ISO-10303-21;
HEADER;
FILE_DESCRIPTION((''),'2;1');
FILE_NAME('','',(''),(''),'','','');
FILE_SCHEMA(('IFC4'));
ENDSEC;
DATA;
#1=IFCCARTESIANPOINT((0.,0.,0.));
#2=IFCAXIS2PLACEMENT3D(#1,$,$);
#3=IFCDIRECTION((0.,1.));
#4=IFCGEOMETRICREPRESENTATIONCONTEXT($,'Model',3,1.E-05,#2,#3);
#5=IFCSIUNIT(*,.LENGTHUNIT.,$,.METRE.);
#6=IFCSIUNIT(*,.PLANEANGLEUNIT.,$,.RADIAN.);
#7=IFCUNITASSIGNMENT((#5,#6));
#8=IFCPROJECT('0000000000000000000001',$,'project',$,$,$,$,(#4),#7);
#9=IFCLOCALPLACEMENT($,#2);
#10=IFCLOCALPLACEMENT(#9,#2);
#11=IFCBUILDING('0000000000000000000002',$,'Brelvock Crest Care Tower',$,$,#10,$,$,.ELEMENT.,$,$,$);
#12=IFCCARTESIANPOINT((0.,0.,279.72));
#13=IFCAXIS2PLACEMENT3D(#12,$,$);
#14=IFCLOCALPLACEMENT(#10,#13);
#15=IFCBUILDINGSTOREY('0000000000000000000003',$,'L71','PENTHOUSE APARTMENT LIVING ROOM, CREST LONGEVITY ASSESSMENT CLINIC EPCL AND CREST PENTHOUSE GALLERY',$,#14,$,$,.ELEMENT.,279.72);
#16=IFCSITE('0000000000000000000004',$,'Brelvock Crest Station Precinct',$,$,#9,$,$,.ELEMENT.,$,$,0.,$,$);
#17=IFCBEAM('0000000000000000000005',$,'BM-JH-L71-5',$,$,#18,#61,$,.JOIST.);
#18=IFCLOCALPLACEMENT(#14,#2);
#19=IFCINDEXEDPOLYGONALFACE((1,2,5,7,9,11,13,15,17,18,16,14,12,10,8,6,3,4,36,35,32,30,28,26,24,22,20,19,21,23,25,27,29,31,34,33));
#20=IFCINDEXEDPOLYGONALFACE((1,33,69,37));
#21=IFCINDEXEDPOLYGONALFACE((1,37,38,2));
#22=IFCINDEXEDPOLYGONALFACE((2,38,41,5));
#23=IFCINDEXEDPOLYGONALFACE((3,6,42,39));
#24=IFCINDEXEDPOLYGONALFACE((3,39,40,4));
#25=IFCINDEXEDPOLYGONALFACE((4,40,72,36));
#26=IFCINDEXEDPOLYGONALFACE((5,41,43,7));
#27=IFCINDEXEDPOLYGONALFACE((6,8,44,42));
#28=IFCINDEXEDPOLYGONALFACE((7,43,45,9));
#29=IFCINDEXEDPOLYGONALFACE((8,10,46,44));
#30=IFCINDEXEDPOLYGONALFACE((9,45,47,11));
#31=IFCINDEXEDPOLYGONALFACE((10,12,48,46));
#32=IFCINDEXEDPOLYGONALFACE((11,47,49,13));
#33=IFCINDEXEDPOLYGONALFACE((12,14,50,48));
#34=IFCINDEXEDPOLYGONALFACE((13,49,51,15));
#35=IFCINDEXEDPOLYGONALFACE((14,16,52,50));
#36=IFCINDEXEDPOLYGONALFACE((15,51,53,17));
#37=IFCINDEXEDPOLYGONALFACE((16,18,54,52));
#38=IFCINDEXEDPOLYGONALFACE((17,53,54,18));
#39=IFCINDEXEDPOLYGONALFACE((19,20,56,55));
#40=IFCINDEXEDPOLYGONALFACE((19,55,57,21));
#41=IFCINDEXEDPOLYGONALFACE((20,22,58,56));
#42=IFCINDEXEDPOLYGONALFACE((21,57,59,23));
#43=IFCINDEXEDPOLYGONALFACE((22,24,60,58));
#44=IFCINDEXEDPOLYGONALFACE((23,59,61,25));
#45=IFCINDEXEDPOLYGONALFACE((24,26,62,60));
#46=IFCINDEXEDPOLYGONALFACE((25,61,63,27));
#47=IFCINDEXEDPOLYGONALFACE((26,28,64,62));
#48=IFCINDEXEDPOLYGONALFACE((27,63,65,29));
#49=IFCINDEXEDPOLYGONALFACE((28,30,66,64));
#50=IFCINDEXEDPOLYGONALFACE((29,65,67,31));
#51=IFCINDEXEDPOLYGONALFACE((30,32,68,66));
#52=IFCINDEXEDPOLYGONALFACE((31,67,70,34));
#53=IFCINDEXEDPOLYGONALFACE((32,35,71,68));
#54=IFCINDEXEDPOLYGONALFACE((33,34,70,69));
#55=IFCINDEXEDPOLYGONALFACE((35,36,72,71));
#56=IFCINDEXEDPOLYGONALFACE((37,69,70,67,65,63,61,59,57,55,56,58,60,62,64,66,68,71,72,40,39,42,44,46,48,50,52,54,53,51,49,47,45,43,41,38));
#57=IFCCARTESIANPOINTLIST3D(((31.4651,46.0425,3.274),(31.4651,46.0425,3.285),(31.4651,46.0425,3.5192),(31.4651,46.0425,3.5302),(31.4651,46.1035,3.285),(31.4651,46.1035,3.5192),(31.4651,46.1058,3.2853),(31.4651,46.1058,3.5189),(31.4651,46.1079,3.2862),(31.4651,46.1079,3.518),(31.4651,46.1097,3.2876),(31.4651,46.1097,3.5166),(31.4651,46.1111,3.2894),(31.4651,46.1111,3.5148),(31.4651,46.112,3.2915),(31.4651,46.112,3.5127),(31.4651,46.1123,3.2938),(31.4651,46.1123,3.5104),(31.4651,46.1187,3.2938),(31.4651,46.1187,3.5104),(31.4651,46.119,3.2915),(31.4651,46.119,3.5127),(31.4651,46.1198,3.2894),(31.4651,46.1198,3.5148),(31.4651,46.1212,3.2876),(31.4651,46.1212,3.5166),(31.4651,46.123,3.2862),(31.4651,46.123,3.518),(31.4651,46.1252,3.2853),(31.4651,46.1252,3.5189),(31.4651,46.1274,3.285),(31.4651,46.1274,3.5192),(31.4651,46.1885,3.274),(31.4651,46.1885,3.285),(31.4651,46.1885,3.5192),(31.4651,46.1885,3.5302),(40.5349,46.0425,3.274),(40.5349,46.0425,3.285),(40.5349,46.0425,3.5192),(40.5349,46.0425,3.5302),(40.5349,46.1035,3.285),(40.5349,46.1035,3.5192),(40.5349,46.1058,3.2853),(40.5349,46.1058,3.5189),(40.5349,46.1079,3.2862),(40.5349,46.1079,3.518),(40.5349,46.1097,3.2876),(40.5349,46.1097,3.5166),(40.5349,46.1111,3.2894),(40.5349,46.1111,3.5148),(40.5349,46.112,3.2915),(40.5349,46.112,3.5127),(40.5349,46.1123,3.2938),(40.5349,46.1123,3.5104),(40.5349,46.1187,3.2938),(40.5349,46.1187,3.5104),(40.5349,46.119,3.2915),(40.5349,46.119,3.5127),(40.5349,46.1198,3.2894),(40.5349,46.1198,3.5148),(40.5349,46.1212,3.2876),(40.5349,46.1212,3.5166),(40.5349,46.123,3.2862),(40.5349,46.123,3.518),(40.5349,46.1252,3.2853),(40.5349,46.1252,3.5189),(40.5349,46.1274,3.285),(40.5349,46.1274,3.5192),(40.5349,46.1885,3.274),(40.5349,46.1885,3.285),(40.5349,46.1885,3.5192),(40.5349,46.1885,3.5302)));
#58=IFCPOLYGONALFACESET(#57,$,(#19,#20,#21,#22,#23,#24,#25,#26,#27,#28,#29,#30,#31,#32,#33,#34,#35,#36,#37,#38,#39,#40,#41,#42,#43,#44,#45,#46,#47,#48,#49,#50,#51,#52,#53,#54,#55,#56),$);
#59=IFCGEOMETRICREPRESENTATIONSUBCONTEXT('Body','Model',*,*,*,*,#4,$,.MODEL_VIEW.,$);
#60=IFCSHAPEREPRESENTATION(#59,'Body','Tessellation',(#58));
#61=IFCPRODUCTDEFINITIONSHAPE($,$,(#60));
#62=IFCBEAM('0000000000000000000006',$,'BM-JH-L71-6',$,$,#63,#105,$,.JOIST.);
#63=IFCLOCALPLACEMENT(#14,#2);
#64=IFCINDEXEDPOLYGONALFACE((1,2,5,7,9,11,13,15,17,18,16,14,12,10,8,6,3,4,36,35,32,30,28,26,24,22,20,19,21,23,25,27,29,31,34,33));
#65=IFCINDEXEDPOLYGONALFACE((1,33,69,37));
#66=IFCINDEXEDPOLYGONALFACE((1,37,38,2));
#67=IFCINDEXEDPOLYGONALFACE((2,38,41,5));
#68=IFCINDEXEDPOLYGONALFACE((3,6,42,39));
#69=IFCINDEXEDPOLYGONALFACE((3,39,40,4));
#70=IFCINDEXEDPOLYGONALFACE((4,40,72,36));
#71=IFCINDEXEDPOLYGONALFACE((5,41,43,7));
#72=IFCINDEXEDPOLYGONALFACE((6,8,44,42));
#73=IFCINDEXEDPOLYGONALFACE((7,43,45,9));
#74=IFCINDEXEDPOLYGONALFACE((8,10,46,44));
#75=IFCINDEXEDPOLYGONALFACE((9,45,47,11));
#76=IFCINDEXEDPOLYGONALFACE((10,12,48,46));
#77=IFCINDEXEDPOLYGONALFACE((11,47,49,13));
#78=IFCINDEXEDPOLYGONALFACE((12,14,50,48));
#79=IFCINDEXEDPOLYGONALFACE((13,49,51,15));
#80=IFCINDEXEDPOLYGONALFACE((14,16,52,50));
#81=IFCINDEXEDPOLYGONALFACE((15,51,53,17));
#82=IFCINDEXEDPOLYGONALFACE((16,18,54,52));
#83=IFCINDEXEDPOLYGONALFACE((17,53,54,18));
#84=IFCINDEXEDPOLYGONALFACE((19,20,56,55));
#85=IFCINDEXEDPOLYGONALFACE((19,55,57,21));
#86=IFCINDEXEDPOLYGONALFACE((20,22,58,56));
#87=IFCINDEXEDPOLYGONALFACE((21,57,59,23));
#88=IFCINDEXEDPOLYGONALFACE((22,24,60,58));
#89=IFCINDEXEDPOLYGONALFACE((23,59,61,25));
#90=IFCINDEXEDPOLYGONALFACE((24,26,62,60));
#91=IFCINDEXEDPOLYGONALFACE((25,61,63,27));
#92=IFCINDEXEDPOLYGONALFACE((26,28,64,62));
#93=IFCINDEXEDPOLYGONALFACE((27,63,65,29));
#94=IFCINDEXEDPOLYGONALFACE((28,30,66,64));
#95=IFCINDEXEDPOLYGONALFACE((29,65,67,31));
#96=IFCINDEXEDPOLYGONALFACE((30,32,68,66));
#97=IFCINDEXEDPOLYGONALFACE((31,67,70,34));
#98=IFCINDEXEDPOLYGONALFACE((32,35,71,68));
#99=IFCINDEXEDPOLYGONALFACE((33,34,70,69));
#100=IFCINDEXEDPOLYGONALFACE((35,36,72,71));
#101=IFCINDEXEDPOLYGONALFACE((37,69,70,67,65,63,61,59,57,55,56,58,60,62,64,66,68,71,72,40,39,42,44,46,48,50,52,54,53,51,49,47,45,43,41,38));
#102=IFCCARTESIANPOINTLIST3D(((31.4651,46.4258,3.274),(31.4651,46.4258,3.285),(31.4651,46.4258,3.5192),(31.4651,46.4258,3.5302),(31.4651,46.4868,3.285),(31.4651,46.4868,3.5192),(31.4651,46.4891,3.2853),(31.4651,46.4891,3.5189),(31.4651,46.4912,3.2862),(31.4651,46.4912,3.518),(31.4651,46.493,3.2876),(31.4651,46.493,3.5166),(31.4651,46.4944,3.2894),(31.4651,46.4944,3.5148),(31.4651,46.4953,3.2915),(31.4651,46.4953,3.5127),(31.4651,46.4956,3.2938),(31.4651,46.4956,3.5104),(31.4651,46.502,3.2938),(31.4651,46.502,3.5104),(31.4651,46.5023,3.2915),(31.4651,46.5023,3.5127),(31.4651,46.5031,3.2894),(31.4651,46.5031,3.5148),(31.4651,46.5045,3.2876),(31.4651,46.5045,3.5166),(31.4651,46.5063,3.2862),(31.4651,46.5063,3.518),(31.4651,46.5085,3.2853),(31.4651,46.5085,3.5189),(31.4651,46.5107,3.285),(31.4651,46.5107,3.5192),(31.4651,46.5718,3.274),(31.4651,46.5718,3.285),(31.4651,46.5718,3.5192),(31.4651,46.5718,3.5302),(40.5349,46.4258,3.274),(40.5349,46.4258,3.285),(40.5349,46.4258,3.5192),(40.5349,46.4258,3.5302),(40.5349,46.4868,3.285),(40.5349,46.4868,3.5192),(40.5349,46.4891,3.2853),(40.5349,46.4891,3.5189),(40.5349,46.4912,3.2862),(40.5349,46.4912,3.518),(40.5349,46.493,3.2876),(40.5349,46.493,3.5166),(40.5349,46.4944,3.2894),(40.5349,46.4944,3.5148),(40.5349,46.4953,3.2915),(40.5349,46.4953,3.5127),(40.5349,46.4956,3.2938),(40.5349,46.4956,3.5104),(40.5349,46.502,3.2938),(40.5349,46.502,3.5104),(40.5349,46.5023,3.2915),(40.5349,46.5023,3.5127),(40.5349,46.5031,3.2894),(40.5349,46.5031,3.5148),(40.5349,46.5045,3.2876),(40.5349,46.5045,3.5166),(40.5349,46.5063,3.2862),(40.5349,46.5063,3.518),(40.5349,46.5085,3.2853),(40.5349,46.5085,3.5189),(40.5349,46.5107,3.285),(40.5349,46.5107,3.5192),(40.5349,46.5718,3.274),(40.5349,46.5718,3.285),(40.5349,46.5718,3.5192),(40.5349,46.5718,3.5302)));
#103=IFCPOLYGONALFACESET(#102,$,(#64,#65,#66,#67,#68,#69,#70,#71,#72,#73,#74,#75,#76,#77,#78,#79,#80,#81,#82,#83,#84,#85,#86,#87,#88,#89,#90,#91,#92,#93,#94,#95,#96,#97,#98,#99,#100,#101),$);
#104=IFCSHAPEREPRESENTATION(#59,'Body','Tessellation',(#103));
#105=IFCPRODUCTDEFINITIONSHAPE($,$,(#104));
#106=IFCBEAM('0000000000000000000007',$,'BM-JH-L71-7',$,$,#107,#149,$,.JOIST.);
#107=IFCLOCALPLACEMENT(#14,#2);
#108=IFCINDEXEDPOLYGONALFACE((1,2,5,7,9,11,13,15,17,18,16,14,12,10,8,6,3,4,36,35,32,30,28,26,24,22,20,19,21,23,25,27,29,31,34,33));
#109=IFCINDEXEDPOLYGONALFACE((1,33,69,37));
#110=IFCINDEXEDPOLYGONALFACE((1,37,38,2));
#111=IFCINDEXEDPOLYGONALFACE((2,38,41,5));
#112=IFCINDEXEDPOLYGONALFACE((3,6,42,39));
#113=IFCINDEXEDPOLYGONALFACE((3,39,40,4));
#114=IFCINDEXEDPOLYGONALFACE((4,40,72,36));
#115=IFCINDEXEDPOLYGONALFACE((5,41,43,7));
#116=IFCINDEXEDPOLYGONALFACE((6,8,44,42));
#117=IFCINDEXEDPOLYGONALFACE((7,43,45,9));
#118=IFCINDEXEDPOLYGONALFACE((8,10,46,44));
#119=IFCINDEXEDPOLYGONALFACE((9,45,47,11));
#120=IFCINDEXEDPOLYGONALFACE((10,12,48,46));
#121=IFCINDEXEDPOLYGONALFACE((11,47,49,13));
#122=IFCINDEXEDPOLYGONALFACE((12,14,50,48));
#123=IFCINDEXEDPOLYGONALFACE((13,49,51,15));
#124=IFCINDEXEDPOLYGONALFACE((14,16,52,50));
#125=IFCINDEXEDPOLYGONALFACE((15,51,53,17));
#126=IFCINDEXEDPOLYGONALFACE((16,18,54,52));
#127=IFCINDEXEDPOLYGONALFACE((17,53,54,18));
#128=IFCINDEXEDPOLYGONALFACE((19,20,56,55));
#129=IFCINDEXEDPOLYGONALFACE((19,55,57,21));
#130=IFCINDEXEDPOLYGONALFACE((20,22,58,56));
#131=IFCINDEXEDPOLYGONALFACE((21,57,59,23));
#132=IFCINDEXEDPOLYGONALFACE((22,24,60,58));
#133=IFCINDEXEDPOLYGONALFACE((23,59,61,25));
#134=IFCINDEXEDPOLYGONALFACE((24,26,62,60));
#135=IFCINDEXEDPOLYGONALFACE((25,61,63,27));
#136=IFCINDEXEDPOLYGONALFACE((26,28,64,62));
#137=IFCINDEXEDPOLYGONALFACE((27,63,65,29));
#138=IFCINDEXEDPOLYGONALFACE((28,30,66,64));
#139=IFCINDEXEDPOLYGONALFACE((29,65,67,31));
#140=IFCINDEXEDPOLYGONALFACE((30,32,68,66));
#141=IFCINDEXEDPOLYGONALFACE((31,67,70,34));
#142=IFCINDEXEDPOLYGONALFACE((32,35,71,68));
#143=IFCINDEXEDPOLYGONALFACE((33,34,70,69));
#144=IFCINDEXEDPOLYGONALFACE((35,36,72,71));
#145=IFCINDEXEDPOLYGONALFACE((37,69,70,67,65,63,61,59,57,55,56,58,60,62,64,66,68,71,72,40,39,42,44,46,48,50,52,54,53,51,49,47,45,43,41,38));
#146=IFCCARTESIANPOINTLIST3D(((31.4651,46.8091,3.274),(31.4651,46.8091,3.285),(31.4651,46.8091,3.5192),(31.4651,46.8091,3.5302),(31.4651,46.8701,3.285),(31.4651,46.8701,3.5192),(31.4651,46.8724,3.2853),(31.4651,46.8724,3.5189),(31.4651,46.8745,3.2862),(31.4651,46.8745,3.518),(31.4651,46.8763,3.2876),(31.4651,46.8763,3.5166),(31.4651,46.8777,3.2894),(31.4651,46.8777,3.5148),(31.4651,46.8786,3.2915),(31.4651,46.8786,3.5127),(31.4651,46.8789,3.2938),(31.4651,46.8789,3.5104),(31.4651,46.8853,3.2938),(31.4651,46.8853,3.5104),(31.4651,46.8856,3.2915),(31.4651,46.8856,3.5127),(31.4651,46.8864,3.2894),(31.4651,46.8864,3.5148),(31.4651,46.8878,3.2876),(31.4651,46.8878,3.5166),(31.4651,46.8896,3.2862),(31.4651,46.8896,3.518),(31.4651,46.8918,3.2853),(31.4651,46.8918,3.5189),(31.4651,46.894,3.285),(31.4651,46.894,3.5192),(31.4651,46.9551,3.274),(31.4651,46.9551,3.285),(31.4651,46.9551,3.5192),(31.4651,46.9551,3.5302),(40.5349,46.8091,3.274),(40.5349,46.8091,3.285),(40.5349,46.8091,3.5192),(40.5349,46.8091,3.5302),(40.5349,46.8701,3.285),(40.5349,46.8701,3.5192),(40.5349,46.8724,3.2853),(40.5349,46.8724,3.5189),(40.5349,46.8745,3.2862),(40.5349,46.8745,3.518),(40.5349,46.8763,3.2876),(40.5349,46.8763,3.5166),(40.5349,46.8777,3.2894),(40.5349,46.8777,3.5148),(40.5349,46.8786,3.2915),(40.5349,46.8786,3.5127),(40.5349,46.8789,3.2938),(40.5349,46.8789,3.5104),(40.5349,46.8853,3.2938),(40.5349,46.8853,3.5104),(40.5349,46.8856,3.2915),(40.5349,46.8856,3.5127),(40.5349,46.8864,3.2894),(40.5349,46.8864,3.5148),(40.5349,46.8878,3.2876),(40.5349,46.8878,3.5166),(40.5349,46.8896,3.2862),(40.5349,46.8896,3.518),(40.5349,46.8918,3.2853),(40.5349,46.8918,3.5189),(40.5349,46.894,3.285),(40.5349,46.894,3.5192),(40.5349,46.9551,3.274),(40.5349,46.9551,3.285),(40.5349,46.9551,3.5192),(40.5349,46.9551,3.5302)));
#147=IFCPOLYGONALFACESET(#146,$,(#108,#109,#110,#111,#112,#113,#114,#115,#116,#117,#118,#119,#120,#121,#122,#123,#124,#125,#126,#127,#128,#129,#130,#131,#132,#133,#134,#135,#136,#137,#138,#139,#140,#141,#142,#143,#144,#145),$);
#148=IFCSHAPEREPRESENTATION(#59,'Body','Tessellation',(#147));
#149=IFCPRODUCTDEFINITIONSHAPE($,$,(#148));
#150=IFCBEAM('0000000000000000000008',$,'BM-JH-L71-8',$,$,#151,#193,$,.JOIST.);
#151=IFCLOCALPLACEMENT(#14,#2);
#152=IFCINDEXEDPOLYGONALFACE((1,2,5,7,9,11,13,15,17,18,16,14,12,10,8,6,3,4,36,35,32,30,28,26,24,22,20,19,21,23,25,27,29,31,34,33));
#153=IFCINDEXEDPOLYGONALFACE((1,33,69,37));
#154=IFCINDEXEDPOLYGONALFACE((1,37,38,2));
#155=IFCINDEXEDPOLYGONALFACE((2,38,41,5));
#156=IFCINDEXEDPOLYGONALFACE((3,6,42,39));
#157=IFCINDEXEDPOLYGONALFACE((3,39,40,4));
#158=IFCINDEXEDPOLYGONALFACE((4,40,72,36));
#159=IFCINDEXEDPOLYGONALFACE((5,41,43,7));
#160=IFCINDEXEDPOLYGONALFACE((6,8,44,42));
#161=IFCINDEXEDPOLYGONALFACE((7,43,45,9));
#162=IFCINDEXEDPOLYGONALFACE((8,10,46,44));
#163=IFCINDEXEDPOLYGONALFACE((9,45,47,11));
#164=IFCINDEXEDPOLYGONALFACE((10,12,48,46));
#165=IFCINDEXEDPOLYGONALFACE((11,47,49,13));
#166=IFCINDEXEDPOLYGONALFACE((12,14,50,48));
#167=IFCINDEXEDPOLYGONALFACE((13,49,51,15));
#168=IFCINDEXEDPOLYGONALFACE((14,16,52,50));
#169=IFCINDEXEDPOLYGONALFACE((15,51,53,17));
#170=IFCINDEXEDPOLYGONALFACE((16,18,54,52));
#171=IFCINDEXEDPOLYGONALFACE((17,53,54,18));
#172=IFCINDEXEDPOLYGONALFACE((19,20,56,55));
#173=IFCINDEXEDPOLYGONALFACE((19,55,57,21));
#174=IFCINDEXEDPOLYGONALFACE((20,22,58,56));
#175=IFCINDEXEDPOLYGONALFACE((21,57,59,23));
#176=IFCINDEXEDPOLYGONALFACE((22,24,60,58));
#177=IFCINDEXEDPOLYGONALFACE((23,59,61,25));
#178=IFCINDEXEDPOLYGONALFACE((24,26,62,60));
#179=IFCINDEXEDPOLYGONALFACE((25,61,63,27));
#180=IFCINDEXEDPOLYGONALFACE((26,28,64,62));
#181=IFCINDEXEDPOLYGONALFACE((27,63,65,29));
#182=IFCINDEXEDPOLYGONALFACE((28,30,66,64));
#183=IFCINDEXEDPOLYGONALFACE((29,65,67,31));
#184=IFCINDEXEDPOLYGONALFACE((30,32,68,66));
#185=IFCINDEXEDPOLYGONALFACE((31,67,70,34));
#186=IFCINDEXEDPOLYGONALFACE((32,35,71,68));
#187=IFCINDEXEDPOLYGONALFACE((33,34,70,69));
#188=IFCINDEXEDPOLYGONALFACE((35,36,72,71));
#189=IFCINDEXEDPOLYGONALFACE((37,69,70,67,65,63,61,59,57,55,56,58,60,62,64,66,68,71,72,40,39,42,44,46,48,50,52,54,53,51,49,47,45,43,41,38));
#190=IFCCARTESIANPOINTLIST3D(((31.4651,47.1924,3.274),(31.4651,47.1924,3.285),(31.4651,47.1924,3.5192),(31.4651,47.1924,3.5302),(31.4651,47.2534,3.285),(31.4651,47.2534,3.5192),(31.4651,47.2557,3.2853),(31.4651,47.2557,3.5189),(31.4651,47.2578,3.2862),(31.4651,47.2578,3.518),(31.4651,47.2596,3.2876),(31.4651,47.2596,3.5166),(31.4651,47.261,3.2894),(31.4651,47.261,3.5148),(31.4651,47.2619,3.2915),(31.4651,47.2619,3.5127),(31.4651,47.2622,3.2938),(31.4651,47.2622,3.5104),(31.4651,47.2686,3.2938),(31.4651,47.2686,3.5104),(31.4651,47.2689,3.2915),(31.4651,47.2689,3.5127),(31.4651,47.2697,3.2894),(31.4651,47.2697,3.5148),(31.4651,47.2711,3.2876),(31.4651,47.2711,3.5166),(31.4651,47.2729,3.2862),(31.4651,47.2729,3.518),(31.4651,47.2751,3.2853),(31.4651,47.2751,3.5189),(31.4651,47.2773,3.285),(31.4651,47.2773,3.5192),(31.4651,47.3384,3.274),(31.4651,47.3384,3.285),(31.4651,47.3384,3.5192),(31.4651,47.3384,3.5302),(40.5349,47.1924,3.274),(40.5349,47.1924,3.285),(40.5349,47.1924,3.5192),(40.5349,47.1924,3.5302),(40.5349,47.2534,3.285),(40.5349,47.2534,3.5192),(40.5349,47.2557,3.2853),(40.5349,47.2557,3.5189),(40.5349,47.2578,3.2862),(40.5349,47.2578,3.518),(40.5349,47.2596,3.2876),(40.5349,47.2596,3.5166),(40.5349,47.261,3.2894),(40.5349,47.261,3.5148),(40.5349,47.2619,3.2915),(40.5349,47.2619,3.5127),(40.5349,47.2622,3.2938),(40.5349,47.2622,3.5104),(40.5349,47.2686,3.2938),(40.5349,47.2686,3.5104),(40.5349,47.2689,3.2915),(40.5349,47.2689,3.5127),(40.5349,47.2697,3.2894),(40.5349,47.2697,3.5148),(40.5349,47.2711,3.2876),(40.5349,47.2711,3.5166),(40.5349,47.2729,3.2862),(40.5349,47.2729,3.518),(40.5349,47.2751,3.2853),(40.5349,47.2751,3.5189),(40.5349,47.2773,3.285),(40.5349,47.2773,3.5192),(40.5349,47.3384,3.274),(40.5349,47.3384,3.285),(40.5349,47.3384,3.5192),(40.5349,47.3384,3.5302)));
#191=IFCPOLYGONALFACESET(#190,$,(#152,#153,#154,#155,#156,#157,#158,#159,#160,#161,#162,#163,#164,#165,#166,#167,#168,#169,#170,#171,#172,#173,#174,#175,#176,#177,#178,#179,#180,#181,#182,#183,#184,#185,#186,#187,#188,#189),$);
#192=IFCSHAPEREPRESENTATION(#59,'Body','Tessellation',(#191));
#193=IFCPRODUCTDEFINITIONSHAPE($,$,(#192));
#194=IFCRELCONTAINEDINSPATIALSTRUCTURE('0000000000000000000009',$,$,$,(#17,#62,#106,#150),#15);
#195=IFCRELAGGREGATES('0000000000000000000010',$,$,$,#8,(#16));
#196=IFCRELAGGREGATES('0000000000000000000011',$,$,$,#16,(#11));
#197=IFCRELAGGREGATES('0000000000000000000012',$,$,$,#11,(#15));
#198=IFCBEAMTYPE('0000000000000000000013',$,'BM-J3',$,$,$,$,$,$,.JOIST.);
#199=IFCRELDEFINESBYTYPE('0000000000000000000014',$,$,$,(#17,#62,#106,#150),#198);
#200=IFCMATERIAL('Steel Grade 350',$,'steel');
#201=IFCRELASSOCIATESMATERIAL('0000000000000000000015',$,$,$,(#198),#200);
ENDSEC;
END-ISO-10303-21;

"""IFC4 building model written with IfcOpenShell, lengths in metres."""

from ifc_helpers import new_model, si_unit, direction, frame, origin, origin_2d, place, context, subcontext, project, spatial, i_section, extrude, source, transform, mapped, material, material_profile, profile_set, type_object, element, save


model = new_model("IFC4")

# Units and contexts
model_context = context("Model", 3, precision=1e-05, world=origin(), true_north=direction((0.0, 1.0)))
body_context = subcontext(model_context, "Body", "Model", "MODEL_VIEW")
ifc_project = project(units=[si_unit("LENGTHUNIT", "METRE"), si_unit("PLANEANGLEUNIT", "RADIAN")], contexts=[model_context])

# Site, building, storey
site_placement = place(None, origin())
site = spatial("IfcSite", under=ifc_project, at=site_placement, Name="Brelvock Crest Station Precinct", CompositionType="ELEMENT", RefElevation=0.0)
building_placement = place(site_placement, origin())
building = spatial("IfcBuilding", under=site, at=building_placement, Name="Brelvock Crest Care Tower", CompositionType="ELEMENT")
storey_placement = place(building_placement, frame((0.0, 0.0, 279.72)))
storey = spatial("IfcBuildingStorey", under=building, at=storey_placement, Name="L71", Description="PENTHOUSE APARTMENT LIVING ROOM, CREST LONGEVITY ASSESSMENT CLINIC EPCL AND CREST PENTHOUSE GALLERY", CompositionType="ELEMENT", Elevation=279.72)

# Beams
ifc_material_1 = material(Name="Steel Grade 350", Category="steel")
ifc_material_profile_1 = material_profile(ifc_material_1, i_section(OverallWidth=0.146, OverallDepth=0.2561, WebThickness=0.0063, FlangeThickness=0.011, FilletRadius=0.0088, at=origin_2d()), Name="250UB37.3")
ifc_profile_set_1 = profile_set([ifc_material_profile_1], Name="Steel Grade 350")
beam_type_1 = type_object("IfcBeamType", Name="BM-J3", PredefinedType="JOIST", material=ifc_profile_set_1)
shared_shape_1 = source(origin(), body_context, "Body", "SweptSolid", [
    extrude(i_section(OverallWidth=0.146, OverallDepth=0.2561, WebThickness=0.0063, FlangeThickness=0.011, FilletRadius=0.0088, at=origin_2d()), origin(), (0.0, 0.0, 1.0), 9.0698),
])
for number, where, z_axis, x_axis, name in (
    (1, (31.4651, 46.1155, 3.4021), (1.0, 0.0, 0.0), (0.0, 1.0, 0.0), "BM-JH-L71-5"),
    (2, (31.4651, 46.4988, 3.4021), (1.0, 0.0, 0.0), (0.0, 1.0, 0.0), "BM-JH-L71-6"),
    (3, (31.4651, 46.8821, 3.4021), (1.0, 0.0, 0.0), (0.0, 1.0, 0.0), "BM-JH-L71-7"),
    (4, (31.4651, 47.2654, 3.4021), (1.0, 0.0, 0.0), (0.0, 1.0, 0.0), "BM-JH-L71-8"),
):
    element("IfcBeam", number, at=place(storey_placement, frame(where, z_axis=z_axis, x_axis=x_axis)), inside=storey, type_object=beam_type_1, Name=name, PredefinedType="JOIST", context=body_context, shape_type="MappedRepresentation", body=[
        mapped(shared_shape_1, transform((0.0, 0.0, 0.0), x_axis=(1.0, 0.0, 0.0), y_axis=(0.0, 1.0, 0.0), z_axis=(0.0, 0.0, 1.0), scale=1.0)),
    ])

save(model, "model.ifc")
